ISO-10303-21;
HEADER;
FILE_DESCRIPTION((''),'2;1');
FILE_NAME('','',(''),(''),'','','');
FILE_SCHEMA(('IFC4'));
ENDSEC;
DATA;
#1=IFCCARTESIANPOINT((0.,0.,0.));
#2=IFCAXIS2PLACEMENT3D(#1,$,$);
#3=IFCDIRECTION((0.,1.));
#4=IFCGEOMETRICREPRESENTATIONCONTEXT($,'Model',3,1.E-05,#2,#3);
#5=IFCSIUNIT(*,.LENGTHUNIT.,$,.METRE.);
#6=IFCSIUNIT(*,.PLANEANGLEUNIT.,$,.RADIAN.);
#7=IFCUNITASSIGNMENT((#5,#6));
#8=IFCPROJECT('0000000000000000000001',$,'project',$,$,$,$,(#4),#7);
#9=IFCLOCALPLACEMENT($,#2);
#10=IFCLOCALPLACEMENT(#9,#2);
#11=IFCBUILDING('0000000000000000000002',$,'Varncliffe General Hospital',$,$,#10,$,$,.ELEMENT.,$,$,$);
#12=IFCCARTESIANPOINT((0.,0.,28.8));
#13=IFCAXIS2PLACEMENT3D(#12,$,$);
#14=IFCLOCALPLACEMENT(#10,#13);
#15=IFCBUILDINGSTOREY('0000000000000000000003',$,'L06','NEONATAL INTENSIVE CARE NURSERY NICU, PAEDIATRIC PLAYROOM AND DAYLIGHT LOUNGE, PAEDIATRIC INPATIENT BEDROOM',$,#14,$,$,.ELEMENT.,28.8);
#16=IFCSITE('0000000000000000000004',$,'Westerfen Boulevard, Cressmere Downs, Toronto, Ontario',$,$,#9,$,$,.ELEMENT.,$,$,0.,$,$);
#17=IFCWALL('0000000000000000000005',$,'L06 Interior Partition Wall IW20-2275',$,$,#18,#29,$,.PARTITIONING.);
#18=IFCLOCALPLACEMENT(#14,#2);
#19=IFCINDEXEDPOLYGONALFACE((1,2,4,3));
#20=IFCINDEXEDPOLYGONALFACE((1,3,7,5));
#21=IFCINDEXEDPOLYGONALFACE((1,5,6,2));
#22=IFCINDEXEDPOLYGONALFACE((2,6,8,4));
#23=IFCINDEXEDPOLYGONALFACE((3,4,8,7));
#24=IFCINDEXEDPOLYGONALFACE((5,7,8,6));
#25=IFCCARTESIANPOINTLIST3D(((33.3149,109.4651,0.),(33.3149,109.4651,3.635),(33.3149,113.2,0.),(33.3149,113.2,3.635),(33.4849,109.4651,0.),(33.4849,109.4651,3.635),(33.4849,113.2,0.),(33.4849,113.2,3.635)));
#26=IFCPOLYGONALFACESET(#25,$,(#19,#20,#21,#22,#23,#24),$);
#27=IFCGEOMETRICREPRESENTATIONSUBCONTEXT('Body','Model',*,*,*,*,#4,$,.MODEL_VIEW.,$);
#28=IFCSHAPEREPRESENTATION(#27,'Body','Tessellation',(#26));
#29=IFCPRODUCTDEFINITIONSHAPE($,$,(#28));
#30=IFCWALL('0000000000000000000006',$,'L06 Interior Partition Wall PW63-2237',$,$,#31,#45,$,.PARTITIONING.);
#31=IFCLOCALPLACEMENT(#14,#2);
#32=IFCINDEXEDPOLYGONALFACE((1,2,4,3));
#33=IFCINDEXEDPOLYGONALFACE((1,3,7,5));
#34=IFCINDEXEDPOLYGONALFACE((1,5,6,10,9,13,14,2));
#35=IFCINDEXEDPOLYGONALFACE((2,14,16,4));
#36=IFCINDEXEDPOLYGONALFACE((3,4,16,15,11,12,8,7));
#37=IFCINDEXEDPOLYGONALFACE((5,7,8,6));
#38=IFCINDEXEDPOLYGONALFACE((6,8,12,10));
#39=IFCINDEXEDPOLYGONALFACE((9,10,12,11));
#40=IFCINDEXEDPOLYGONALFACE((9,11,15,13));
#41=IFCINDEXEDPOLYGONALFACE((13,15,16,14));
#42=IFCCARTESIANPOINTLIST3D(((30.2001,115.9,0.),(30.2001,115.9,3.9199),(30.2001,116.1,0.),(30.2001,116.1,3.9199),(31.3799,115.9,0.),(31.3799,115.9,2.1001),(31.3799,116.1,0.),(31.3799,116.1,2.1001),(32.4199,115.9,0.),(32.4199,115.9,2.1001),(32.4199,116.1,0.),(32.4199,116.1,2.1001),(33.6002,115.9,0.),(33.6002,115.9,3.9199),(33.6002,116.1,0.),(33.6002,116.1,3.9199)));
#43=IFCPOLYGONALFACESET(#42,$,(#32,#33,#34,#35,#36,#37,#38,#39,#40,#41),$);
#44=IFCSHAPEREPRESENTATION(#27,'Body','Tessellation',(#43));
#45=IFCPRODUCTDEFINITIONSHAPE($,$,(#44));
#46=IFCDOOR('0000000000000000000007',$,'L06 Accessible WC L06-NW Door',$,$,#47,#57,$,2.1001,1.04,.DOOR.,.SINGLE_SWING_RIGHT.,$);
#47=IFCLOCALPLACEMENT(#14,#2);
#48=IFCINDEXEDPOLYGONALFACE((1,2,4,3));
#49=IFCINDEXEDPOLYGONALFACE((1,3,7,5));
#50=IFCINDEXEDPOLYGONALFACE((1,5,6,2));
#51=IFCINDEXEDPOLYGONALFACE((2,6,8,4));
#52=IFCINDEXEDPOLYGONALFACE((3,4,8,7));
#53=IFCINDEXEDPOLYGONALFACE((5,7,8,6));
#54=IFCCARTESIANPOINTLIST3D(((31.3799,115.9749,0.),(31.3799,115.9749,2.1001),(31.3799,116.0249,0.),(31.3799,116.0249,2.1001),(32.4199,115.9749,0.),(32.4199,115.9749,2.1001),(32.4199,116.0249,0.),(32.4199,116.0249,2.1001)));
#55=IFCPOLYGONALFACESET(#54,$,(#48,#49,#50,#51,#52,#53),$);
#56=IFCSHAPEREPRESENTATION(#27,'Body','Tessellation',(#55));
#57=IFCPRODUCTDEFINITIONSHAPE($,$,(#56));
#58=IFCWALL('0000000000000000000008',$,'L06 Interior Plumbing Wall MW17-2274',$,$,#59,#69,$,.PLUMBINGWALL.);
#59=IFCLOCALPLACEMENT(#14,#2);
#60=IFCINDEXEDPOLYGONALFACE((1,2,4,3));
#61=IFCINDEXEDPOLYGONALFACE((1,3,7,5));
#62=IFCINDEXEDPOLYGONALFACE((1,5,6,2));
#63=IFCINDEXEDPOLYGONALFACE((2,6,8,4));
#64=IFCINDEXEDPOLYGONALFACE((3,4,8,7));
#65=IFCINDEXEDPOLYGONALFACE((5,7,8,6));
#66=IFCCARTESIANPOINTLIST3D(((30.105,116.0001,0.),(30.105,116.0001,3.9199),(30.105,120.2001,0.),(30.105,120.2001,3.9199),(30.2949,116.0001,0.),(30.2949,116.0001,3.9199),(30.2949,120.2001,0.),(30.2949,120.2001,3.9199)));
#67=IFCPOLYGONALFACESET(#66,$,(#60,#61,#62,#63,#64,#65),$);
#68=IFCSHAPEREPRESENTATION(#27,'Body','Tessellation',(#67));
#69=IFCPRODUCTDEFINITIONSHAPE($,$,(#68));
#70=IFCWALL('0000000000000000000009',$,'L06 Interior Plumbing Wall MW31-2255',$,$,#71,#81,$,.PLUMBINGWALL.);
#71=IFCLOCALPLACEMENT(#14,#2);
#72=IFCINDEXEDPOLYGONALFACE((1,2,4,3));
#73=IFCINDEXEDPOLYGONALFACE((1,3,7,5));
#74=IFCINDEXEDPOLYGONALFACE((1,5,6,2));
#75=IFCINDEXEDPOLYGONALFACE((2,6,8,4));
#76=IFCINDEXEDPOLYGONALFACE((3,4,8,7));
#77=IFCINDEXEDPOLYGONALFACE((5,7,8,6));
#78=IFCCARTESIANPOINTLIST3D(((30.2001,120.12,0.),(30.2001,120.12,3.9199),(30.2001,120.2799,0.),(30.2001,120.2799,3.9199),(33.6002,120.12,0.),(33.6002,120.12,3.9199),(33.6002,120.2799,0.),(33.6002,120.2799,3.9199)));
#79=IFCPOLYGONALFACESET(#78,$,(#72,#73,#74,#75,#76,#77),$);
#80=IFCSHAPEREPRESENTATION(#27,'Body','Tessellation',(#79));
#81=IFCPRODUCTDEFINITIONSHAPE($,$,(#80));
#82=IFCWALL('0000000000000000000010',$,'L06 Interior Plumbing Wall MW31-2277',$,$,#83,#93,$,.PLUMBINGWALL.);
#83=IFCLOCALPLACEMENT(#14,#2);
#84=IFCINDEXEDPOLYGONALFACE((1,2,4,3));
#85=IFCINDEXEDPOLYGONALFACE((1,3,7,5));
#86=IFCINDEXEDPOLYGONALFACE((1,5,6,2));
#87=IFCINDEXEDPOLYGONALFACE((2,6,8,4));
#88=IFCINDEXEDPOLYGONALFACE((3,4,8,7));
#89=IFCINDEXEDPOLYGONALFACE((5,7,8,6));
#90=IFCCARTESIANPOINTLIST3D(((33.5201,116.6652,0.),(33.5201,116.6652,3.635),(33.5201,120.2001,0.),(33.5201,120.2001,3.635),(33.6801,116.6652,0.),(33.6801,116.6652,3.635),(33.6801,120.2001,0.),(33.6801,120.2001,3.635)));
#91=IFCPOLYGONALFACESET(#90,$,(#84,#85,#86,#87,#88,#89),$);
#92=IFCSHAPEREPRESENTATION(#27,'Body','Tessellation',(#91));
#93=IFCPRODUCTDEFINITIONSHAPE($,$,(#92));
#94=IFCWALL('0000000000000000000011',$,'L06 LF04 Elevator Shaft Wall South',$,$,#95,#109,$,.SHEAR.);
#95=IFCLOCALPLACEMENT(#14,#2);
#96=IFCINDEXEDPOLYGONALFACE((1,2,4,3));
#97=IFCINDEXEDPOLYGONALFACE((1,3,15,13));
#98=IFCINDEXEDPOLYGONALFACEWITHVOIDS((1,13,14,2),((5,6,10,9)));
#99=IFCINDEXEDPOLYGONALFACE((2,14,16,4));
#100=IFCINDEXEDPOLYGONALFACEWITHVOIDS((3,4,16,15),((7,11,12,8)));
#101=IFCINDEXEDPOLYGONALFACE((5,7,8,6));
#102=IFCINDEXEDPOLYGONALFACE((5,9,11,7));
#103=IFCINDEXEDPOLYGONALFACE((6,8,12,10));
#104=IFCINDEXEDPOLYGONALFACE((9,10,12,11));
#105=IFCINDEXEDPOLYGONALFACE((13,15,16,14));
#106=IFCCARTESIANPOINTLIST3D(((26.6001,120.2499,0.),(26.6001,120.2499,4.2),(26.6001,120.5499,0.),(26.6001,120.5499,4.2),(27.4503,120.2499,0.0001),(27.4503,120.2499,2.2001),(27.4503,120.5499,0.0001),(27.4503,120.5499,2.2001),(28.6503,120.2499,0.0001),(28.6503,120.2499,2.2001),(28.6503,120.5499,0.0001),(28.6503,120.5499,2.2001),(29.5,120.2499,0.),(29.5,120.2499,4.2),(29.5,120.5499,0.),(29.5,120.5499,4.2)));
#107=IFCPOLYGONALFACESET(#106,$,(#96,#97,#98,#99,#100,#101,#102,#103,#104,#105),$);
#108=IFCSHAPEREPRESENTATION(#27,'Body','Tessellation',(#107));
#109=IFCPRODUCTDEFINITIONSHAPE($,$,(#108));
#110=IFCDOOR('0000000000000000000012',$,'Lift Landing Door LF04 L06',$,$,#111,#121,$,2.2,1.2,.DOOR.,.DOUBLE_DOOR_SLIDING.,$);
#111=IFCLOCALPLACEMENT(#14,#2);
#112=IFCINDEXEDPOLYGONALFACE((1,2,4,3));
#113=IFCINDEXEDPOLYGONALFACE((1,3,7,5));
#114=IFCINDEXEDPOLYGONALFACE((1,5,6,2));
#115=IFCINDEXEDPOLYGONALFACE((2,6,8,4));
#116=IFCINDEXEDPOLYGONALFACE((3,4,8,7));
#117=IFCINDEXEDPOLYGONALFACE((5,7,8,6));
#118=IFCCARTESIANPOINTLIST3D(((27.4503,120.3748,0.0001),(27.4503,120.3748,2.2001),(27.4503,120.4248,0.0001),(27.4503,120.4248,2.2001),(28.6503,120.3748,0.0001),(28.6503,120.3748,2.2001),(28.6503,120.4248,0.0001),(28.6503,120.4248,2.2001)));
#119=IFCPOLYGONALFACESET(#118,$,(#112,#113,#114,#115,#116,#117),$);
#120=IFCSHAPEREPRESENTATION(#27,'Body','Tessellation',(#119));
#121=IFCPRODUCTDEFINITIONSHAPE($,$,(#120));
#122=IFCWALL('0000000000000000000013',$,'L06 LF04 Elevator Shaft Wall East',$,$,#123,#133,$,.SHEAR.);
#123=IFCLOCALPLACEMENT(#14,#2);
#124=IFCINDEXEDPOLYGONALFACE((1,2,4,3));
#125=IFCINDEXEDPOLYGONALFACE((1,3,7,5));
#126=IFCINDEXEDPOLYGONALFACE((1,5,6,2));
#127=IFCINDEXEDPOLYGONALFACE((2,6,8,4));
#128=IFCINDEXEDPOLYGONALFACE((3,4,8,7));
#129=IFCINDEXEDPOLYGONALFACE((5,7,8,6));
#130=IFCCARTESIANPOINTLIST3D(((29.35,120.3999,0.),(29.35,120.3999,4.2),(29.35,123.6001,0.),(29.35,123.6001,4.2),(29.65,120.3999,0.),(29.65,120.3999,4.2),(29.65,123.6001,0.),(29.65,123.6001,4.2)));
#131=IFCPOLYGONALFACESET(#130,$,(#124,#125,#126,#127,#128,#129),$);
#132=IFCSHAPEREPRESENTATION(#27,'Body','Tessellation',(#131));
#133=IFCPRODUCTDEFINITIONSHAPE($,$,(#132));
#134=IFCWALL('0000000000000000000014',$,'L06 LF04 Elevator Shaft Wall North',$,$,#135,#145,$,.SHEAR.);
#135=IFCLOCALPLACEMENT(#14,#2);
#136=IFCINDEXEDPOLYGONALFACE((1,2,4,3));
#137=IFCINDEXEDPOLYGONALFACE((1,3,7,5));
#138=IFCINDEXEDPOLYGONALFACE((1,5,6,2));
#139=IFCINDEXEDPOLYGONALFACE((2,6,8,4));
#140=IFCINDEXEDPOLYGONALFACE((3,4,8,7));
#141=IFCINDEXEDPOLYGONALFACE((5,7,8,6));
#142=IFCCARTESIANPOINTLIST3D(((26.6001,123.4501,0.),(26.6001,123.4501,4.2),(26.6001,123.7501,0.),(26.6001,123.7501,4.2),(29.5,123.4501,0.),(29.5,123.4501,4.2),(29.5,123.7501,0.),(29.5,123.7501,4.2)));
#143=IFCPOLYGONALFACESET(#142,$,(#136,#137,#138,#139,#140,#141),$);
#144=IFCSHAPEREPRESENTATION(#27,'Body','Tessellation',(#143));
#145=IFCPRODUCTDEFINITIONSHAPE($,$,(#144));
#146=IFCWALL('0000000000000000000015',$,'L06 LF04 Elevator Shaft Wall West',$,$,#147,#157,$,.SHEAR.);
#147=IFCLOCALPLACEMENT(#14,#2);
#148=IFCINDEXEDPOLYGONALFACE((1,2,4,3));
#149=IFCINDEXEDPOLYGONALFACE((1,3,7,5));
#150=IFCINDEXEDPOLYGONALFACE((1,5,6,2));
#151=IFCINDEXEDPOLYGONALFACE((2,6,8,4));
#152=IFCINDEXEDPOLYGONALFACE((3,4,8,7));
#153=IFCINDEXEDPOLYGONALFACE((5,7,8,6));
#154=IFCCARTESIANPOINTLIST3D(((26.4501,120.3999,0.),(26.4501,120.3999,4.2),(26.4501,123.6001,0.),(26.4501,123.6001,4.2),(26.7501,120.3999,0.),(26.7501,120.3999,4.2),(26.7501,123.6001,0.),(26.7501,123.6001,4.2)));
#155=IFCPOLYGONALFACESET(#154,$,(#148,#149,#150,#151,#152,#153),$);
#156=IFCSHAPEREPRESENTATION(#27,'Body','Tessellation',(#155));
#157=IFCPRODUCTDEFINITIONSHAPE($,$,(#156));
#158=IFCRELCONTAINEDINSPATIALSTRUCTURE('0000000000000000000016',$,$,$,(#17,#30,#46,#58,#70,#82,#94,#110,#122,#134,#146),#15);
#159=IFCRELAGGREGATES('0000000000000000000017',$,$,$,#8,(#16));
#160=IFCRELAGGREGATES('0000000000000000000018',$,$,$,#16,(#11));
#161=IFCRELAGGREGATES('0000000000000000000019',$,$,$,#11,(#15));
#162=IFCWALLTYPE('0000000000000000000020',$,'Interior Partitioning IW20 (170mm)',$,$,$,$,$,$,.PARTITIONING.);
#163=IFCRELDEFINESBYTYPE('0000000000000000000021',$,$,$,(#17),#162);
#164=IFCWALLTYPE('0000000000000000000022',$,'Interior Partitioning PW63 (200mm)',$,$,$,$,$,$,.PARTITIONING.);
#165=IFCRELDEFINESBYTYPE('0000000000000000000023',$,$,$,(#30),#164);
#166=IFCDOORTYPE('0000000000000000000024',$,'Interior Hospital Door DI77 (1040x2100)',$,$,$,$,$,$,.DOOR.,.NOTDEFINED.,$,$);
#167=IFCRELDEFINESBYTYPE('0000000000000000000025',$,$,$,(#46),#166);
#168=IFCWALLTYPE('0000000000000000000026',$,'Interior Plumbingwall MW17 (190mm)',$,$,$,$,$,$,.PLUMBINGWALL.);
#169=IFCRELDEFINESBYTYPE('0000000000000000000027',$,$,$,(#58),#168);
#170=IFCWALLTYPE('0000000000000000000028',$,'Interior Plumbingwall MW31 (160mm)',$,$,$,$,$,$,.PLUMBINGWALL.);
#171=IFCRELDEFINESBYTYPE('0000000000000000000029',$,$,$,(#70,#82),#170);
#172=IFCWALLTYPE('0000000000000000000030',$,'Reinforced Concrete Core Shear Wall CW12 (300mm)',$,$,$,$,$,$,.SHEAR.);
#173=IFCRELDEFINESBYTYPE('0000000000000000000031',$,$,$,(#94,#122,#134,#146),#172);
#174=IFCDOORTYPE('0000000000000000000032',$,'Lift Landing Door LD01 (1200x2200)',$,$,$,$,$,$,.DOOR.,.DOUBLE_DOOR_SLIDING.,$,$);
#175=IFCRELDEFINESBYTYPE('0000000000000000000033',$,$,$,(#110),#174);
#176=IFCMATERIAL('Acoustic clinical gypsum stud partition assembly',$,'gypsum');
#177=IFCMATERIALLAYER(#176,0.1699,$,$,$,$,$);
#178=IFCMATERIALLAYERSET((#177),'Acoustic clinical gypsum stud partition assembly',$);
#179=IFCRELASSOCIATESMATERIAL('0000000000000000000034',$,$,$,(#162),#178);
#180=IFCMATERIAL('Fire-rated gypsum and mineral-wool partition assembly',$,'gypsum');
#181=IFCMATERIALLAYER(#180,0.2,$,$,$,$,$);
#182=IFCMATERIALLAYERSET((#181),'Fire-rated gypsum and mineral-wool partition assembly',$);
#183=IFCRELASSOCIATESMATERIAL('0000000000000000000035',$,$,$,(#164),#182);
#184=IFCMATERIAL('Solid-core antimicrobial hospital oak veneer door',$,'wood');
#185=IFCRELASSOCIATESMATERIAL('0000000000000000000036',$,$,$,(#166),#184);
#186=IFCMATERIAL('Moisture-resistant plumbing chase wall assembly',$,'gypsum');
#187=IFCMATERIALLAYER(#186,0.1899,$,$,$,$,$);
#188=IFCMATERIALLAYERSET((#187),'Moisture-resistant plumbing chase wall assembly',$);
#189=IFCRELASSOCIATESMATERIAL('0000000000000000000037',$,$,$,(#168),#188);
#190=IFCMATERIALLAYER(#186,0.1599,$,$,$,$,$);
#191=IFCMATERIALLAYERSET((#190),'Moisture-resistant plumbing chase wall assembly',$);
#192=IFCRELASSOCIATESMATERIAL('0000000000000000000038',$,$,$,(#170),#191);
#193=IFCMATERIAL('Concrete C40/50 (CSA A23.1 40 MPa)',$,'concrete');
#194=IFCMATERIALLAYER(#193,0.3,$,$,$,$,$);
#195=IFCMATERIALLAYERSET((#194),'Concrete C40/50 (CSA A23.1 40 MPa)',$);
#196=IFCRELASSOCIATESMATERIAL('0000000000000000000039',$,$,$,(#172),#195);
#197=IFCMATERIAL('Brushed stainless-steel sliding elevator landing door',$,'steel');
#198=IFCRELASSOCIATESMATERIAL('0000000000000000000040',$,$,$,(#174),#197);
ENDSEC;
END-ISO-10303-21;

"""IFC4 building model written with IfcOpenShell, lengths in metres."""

from ifc_helpers import new_model, si_unit, direction, frame, frame_2d, origin, place, context, subcontext, project, spatial, rectangle, extrude, material, layer, layer_set, type_object, element, fill, save


model = new_model("IFC4")

# Units and contexts
model_context = context("Model", 3, precision=1e-05, world=origin(), true_north=direction((0.0, 1.0)))
body_context = subcontext(model_context, "Body", "Model", "MODEL_VIEW")
ifc_project = project(units=[si_unit("LENGTHUNIT", "METRE"), si_unit("PLANEANGLEUNIT", "RADIAN")], contexts=[model_context])

# Site, building, storey
site_placement = place(None, origin())
site = spatial("IfcSite", under=ifc_project, at=site_placement, Name="Westerfen Boulevard, Cressmere Downs, Toronto, Ontario", CompositionType="ELEMENT", RefElevation=0.0)
building_placement = place(site_placement, origin())
building = spatial("IfcBuilding", under=site, at=building_placement, Name="Varncliffe General Hospital", CompositionType="ELEMENT")
storey_placement = place(building_placement, frame((0.0, 0.0, 28.8)))
storey = spatial("IfcBuildingStorey", under=building, at=storey_placement, Name="L06", Description="NEONATAL INTENSIVE CARE NURSERY NICU, PAEDIATRIC PLAYROOM AND DAYLIGHT LOUNGE, PAEDIATRIC INPATIENT BEDROOM", CompositionType="ELEMENT", Elevation=28.8)

# Shared definitions
ifc_material_1 = material(Name="Concrete C40/50 (CSA A23.1 40 MPa)", Category="concrete")

# Wall
ifc_material_2 = material(Name="Acoustic clinical gypsum stud partition assembly", Category="gypsum")
ifc_layer_1 = layer(ifc_material_2, 0.1699)
ifc_layer_set_1 = layer_set([ifc_layer_1], Name="Acoustic clinical gypsum stud partition assembly")
wall_type_1 = type_object("IfcWallType", Name="Interior Partitioning IW20 (170mm)", PredefinedType="PARTITIONING", material=ifc_layer_set_1)
wall_1_placement = place(storey_placement, frame((33.3999, 109.4651, 0.0), z_axis=(0.0, 0.0, 1.0), x_axis=(0.0, 1.0, 0.0)))
element("IfcWall", 1, at=wall_1_placement, inside=storey, type_object=wall_type_1, Name="L06 Interior Partition Wall IW20-2275", PredefinedType="PARTITIONING", context=body_context, shape_type="SweptSolid", body=[
    extrude(rectangle(XDim=3.7349, YDim=0.1699, at=frame_2d((1.8674, 0.0))), origin(), (0.0, 0.0, 1.0), 3.635),
])

# Wall, opening, door
ifc_material_3 = material(Name="Fire-rated gypsum and mineral-wool partition assembly", Category="gypsum")
ifc_layer_2 = layer(ifc_material_3, 0.2)
ifc_layer_set_2 = layer_set([ifc_layer_2], Name="Fire-rated gypsum and mineral-wool partition assembly")
wall_type_2 = type_object("IfcWallType", Name="Interior Partitioning PW63 (200mm)", PredefinedType="PARTITIONING", material=ifc_layer_set_2)
wall_2_placement = place(storey_placement, frame((30.2, 116.0, 0.0), z_axis=(0.0, 0.0, 1.0), x_axis=(1.0, 0.0, 0.0)))
wall_2 = element("IfcWall", 2, at=wall_2_placement, inside=storey, type_object=wall_type_2, Name="L06 Interior Partition Wall PW63-2237", PredefinedType="PARTITIONING", context=body_context, shape_type="SweptSolid", body=[
    extrude(rectangle(XDim=3.4001, YDim=0.2, at=frame_2d((1.7002, 0.0))), origin(), (0.0, 0.0, 1.0), 3.9199),
])
opening_1_placement = place(wall_2_placement, frame((1.1799, 0.0, 0.0)))
opening_1 = element("IfcOpeningElement", 3, at=opening_1_placement, cuts=wall_2, PredefinedType="OPENING", context=body_context, shape_type="SweptSolid", body=[
    extrude(rectangle(XDim=1.04, YDim=2.1001, at=frame_2d((0.52, 1.05))), frame((0.0, 0.1099, 0.0), z_axis=(0.0, -1.0, 0.0), x_axis=(1.0, 0.0, 0.0)), (0.0, 0.0, 1.0), 0.22),
])
ifc_material_4 = material(Name="Solid-core antimicrobial hospital oak veneer door", Category="wood")
door_type_1 = type_object("IfcDoorType", Name="Interior Hospital Door DI77 (1040x2100)", OperationType="NOTDEFINED", PredefinedType="DOOR", material=ifc_material_4)
door_1_placement = place(opening_1_placement, origin())
door_1 = element("IfcDoor", 4, at=door_1_placement, inside=storey, type_object=door_type_1, Name="L06 Accessible WC L06-NW Door", OperationType="SINGLE_SWING_RIGHT", OverallHeight=2.1001, OverallWidth=1.04, PredefinedType="DOOR", context=body_context, shape_type="SweptSolid", body=[
    extrude(rectangle(XDim=1.04, YDim=2.1001, at=frame_2d((0.52, 1.05))), frame((0.0, 0.0249, 0.0), z_axis=(0.0, -1.0, 0.0), x_axis=(1.0, 0.0, 0.0)), (0.0, 0.0, 1.0), 0.05),
])
fill(opening_1, door_1)

# Walls
ifc_material_5 = material(Name="Moisture-resistant plumbing chase wall assembly", Category="gypsum")
ifc_layer_3 = layer(ifc_material_5, 0.1899)
ifc_layer_set_3 = layer_set([ifc_layer_3], Name="Moisture-resistant plumbing chase wall assembly")
wall_type_3 = type_object("IfcWallType", Name="Interior Plumbingwall MW17 (190mm)", PredefinedType="PLUMBINGWALL", material=ifc_layer_set_3)
wall_3_placement = place(storey_placement, frame((30.2, 116.0, 0.0), z_axis=(0.0, 0.0, 1.0), x_axis=(0.0, 1.0, 0.0)))
element("IfcWall", 5, at=wall_3_placement, inside=storey, type_object=wall_type_3, Name="L06 Interior Plumbing Wall MW17-2274", PredefinedType="PLUMBINGWALL", context=body_context, shape_type="SweptSolid", body=[
    extrude(rectangle(XDim=4.2, YDim=0.1899, at=frame_2d((2.1001, 0.0))), origin(), (0.0, 0.0, 1.0), 3.9199),
])
ifc_layer_4 = layer(ifc_material_5, 0.1599)
ifc_layer_set_4 = layer_set([ifc_layer_4], Name="Moisture-resistant plumbing chase wall assembly")
wall_type_4 = type_object("IfcWallType", Name="Interior Plumbingwall MW31 (160mm)", PredefinedType="PLUMBINGWALL", material=ifc_layer_set_4)
wall_4_placement = place(storey_placement, frame((30.2, 120.2, 0.0), z_axis=(0.0, 0.0, 1.0), x_axis=(1.0, 0.0, 0.0)))
element("IfcWall", 6, at=wall_4_placement, inside=storey, type_object=wall_type_4, Name="L06 Interior Plumbing Wall MW31-2255", PredefinedType="PLUMBINGWALL", context=body_context, shape_type="SweptSolid", body=[
    extrude(rectangle(XDim=3.4001, YDim=0.1599, at=frame_2d((1.7002, 0.0))), origin(), (0.0, 0.0, 1.0), 3.9199),
])
wall_5_placement = place(storey_placement, frame((33.6001, 116.665, 0.0), z_axis=(0.0, 0.0, 1.0), x_axis=(0.0, 1.0, 0.0)))
element("IfcWall", 7, at=wall_5_placement, inside=storey, type_object=wall_type_4, Name="L06 Interior Plumbing Wall MW31-2277", PredefinedType="PLUMBINGWALL", context=body_context, shape_type="SweptSolid", body=[
    extrude(rectangle(XDim=3.5349, YDim=0.1599, at=frame_2d((1.7676, 0.0))), origin(), (0.0, 0.0, 1.0), 3.635),
])

# Wall, opening, door
ifc_layer_5 = layer(ifc_material_1, 0.3)
ifc_layer_set_5 = layer_set([ifc_layer_5], Name="Concrete C40/50 (CSA A23.1 40 MPa)")
wall_type_5 = type_object("IfcWallType", Name="Reinforced Concrete Core Shear Wall CW12 (300mm)", PredefinedType="SHEAR", material=ifc_layer_set_5)
wall_6_placement = place(storey_placement, frame((26.6001, 120.3999, 0.0), z_axis=(0.0, 0.0, 1.0), x_axis=(1.0, 0.0, 0.0)))
wall_6 = element("IfcWall", 8, at=wall_6_placement, inside=storey, type_object=wall_type_5, Name="L06 LF04 Elevator Shaft Wall South", PredefinedType="SHEAR", context=body_context, shape_type="SweptSolid", body=[
    extrude(rectangle(XDim=2.8999, YDim=0.3, at=frame_2d((1.45, 0.0))), origin(), (0.0, 0.0, 1.0), 4.2),
])
opening_2_placement = place(wall_6_placement, frame((0.8501, 0.0, 0.0)))
opening_2 = element("IfcOpeningElement", 9, at=opening_2_placement, cuts=wall_6, PredefinedType="OPENING", context=body_context, shape_type="SweptSolid", body=[
    extrude(rectangle(XDim=1.2, YDim=2.2, at=frame_2d((0.6001, 1.1001))), frame((0.0, 0.1602, 0.0), z_axis=(0.0, -1.0, 0.0), x_axis=(1.0, 0.0, 0.0)), (0.0, 0.0, 1.0), 0.3201),
])
ifc_material_6 = material(Name="Brushed stainless-steel sliding elevator landing door", Category="steel")
door_type_2 = type_object("IfcDoorType", Name="Lift Landing Door LD01 (1200x2200)", OperationType="DOUBLE_DOOR_SLIDING", PredefinedType="DOOR", material=ifc_material_6)
door_2_placement = place(opening_2_placement, origin())
door_2 = element("IfcDoor", 10, at=door_2_placement, inside=storey, type_object=door_type_2, Name="Lift Landing Door LF04 L06", OperationType="DOUBLE_DOOR_SLIDING", OverallHeight=2.2, OverallWidth=1.2, PredefinedType="DOOR", context=body_context, shape_type="SweptSolid", body=[
    extrude(rectangle(XDim=1.2, YDim=2.2, at=frame_2d((0.6001, 1.1001))), frame((0.0, 0.0249, 0.0), z_axis=(0.0, -1.0, 0.0), x_axis=(1.0, 0.0, 0.0)), (0.0, 0.0, 1.0), 0.05),
])
fill(opening_2, door_2)

# Walls
wall_7_placement = place(storey_placement, frame((29.5, 120.3999, 0.0), z_axis=(0.0, 0.0, 1.0), x_axis=(0.0, 1.0, 0.0)))
element("IfcWall", 11, at=wall_7_placement, inside=storey, type_object=wall_type_5, Name="L06 LF04 Elevator Shaft Wall East", PredefinedType="SHEAR", context=body_context, shape_type="SweptSolid", body=[
    extrude(rectangle(XDim=3.2002, YDim=0.3, at=frame_2d((1.6001, 0.0))), origin(), (0.0, 0.0, 1.0), 4.2),
])
wall_8_placement = place(storey_placement, frame((29.5, 123.6001, 0.0), z_axis=(0.0, 0.0, 1.0), x_axis=(-1.0, 0.0, 0.0)))
element("IfcWall", 12, at=wall_8_placement, inside=storey, type_object=wall_type_5, Name="L06 LF04 Elevator Shaft Wall North", PredefinedType="SHEAR", context=body_context, shape_type="SweptSolid", body=[
    extrude(rectangle(XDim=2.8999, YDim=0.3, at=frame_2d((1.45, 0.0))), origin(), (0.0, 0.0, 1.0), 4.2),
])
wall_9_placement = place(storey_placement, frame((26.6001, 123.6001, 0.0), z_axis=(0.0, 0.0, 1.0), x_axis=(0.0, -1.0, 0.0)))
element("IfcWall", 13, at=wall_9_placement, inside=storey, type_object=wall_type_5, Name="L06 LF04 Elevator Shaft Wall West", PredefinedType="SHEAR", context=body_context, shape_type="SweptSolid", body=[
    extrude(rectangle(XDim=3.2002, YDim=0.3, at=frame_2d((1.6001, 0.0))), origin(), (0.0, 0.0, 1.0), 4.2),
])

save(model, "model.ifc")
